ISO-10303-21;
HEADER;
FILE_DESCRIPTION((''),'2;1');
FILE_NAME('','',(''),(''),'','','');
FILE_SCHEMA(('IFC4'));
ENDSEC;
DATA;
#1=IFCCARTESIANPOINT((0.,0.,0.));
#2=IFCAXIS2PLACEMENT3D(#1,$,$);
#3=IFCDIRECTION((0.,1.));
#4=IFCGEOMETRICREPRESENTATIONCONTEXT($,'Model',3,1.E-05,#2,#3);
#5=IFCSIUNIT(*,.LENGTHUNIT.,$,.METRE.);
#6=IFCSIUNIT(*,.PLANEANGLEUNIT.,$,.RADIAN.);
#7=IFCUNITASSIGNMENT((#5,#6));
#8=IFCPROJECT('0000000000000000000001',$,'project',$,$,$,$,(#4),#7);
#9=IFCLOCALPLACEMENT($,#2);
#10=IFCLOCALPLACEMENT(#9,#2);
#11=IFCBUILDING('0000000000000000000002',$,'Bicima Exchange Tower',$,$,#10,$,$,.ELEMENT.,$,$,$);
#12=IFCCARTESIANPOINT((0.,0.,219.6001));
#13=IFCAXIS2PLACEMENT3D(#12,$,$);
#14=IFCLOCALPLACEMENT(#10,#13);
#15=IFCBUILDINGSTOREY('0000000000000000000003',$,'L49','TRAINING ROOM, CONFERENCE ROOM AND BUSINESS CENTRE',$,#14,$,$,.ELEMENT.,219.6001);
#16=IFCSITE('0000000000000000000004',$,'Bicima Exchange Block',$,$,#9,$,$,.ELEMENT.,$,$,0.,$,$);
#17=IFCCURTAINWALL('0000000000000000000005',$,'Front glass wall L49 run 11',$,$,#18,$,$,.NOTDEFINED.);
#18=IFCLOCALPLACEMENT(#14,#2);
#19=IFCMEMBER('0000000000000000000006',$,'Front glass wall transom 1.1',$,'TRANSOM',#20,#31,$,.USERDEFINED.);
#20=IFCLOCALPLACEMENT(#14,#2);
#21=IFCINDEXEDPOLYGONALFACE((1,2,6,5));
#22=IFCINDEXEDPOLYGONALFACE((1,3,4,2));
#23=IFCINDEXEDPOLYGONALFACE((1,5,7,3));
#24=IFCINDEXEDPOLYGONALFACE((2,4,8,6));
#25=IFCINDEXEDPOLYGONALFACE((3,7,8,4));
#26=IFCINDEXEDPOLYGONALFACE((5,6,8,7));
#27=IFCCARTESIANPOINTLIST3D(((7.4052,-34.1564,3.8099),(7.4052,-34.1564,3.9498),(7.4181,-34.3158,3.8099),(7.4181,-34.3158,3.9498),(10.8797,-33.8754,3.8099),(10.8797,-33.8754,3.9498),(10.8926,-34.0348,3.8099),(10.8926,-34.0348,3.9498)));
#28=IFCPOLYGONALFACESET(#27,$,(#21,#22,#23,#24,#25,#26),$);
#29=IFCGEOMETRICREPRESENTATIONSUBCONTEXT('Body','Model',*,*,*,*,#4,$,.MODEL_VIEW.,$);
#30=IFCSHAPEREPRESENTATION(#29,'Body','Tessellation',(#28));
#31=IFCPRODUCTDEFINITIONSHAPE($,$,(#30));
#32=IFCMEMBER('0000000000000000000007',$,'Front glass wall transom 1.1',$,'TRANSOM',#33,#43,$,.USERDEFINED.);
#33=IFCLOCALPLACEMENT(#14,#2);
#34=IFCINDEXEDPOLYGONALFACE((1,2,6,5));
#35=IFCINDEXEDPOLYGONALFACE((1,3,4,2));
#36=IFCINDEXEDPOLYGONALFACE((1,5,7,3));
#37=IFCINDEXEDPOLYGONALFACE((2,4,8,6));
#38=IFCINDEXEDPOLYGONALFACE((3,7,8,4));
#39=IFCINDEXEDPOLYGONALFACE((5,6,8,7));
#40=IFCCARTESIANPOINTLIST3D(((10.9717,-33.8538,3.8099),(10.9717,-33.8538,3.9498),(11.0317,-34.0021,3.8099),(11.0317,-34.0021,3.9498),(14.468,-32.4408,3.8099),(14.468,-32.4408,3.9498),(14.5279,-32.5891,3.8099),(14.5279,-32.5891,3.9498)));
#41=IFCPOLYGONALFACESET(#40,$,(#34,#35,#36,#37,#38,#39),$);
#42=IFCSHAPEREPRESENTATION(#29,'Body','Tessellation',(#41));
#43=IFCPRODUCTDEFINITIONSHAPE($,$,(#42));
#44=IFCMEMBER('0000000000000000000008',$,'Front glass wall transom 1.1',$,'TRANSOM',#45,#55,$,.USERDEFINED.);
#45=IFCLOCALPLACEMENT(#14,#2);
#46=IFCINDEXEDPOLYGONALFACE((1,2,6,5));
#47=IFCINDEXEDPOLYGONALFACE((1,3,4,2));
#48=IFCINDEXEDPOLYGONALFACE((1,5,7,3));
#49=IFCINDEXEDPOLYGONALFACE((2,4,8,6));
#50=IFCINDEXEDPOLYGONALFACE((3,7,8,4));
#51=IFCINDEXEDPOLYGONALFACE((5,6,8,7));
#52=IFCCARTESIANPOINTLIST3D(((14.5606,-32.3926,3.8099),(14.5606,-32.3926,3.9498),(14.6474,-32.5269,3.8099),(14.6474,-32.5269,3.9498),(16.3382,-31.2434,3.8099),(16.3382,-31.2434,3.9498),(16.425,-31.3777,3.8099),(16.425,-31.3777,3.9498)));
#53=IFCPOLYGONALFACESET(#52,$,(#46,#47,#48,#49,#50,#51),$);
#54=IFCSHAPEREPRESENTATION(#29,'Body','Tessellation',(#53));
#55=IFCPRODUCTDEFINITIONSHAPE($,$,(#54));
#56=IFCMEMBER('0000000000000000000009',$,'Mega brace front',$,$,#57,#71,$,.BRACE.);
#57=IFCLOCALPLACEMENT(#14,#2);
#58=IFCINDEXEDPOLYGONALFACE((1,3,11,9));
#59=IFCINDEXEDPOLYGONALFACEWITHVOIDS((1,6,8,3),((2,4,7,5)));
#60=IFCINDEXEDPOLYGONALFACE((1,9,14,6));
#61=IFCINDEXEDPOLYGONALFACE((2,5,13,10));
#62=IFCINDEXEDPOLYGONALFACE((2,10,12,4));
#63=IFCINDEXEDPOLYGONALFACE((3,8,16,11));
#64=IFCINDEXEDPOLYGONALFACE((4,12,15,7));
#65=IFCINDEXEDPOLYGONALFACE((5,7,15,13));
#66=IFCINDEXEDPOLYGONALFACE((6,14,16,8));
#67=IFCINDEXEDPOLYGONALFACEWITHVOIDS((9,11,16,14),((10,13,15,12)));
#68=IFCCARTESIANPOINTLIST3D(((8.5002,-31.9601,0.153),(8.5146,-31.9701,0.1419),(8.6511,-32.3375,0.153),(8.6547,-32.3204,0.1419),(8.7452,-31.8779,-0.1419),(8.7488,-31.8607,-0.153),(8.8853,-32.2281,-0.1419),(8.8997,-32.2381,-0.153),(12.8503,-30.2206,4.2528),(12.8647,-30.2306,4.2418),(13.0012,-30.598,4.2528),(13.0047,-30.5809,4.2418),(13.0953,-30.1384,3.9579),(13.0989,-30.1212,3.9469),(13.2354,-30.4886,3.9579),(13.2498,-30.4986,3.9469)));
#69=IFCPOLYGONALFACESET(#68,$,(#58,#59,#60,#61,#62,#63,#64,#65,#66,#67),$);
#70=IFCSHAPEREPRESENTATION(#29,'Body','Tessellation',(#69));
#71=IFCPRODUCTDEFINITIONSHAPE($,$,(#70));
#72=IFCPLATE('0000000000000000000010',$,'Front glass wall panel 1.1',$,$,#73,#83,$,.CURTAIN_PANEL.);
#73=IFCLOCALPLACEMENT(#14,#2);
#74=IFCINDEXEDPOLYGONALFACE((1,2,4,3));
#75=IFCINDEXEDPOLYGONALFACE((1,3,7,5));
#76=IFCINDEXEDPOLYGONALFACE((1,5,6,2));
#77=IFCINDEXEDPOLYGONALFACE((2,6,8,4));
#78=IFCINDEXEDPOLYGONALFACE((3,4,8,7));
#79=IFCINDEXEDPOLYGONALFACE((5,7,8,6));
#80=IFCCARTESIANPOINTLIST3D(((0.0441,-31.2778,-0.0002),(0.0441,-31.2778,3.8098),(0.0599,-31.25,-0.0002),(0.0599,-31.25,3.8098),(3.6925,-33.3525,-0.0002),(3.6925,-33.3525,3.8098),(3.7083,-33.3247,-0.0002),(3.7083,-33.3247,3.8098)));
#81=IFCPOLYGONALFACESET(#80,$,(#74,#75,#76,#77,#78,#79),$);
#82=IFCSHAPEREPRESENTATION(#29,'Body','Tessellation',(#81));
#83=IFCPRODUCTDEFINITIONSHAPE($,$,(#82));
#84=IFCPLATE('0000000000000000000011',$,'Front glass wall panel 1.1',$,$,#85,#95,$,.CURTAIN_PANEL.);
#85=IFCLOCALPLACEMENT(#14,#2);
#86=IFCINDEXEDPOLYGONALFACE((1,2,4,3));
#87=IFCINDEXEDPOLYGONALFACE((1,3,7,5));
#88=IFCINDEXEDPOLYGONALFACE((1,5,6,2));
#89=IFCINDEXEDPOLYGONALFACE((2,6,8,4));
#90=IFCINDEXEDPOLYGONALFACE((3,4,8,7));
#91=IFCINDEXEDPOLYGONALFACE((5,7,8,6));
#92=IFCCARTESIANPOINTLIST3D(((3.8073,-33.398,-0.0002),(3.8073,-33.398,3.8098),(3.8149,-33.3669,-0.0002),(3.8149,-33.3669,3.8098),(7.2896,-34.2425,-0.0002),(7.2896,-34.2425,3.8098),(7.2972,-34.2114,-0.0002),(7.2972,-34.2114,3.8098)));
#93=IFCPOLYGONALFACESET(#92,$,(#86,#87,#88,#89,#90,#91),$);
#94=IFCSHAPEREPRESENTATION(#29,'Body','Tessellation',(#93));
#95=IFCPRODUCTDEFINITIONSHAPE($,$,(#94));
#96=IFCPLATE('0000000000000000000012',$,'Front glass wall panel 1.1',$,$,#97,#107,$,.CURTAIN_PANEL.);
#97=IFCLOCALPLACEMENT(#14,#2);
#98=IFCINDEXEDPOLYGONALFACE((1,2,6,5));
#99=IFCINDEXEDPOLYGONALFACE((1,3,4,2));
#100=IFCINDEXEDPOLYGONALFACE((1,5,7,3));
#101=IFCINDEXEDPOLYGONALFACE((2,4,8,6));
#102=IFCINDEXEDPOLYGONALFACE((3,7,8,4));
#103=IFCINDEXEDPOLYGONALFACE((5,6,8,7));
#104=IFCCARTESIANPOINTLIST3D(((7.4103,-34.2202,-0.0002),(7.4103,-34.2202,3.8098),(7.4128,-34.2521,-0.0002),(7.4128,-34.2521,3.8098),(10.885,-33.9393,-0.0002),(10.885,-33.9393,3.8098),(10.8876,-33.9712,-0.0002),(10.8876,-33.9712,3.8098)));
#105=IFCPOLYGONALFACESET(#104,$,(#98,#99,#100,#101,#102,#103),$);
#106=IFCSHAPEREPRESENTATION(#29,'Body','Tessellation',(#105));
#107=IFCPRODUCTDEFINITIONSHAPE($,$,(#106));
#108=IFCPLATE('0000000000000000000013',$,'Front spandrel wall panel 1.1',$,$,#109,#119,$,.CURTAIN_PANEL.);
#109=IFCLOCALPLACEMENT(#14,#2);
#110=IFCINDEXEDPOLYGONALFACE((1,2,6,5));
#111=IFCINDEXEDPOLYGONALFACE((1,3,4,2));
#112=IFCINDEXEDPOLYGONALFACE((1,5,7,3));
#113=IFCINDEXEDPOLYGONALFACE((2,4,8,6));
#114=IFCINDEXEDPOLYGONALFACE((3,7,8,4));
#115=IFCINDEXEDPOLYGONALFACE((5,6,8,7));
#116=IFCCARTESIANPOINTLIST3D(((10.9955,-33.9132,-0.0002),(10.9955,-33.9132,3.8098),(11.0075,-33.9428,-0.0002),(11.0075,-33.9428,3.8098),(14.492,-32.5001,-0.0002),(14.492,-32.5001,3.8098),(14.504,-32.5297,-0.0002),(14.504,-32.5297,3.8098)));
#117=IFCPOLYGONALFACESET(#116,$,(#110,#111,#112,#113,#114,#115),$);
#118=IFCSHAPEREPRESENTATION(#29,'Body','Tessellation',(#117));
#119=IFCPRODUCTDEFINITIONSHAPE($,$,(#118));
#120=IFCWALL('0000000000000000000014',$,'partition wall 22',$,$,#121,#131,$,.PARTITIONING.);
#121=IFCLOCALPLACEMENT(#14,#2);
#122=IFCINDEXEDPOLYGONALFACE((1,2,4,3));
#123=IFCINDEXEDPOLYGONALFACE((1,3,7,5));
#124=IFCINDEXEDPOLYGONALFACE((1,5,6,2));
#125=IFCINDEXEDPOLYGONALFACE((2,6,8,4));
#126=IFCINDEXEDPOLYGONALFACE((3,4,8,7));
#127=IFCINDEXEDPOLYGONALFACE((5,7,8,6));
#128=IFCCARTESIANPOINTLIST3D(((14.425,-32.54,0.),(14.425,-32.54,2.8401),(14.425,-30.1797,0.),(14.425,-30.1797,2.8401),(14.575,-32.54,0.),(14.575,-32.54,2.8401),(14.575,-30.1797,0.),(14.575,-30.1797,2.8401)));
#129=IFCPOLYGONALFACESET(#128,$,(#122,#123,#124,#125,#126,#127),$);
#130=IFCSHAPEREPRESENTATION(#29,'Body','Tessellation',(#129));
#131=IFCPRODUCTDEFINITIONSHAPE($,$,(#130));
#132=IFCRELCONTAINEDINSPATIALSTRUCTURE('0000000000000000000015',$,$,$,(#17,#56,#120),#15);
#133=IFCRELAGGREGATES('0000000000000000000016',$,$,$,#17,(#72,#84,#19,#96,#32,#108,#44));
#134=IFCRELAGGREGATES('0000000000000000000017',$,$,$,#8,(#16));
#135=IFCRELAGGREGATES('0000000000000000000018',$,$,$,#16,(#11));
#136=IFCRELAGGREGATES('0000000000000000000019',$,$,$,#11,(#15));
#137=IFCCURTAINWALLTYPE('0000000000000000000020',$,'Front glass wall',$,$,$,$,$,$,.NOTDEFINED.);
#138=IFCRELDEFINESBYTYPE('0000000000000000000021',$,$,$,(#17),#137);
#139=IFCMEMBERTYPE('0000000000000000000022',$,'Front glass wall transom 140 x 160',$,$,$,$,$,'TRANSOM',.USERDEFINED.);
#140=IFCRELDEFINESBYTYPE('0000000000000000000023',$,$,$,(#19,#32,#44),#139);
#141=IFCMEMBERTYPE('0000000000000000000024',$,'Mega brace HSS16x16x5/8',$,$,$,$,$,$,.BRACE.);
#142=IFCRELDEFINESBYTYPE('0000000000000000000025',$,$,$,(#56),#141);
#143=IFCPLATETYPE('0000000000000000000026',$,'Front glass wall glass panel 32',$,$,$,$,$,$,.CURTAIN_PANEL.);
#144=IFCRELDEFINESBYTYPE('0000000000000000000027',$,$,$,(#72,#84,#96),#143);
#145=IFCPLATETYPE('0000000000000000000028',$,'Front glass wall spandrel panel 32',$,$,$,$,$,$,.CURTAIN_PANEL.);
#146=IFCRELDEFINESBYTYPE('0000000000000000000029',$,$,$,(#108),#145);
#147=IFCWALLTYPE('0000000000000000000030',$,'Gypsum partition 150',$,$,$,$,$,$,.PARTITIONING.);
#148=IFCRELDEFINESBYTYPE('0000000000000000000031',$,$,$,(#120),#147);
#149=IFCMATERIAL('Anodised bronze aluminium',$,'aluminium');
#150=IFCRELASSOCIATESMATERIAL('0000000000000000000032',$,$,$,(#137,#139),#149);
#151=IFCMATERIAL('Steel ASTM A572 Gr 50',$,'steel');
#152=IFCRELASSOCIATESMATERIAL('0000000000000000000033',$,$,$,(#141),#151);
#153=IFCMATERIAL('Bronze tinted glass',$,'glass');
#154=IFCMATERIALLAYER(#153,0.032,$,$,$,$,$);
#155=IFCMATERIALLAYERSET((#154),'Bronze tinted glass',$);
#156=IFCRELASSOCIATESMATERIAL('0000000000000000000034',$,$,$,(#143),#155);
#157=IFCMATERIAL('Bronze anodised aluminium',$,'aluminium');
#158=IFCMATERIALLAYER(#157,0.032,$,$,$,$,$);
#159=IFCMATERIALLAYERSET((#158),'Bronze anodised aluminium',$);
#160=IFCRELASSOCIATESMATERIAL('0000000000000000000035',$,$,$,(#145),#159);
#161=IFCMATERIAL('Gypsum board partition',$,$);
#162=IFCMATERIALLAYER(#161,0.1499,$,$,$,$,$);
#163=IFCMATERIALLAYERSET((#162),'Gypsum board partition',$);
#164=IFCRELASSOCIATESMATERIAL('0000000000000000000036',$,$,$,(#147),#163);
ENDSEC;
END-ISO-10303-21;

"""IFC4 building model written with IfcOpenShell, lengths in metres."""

from ifc_helpers import new_model, si_unit, direction, frame, frame_2d, origin, origin_2d, place, context, subcontext, project, spatial, rectangle, hollow_rectangle, extrude, material, layer, layer_set, material_profile, profile_set, type_object, element, aggregate, save


model = new_model("IFC4")

# Units and contexts
model_context = context("Model", 3, precision=1e-05, world=origin(), true_north=direction((0.0, 1.0)))
body_context = subcontext(model_context, "Body", "Model", "MODEL_VIEW")
ifc_project = project(units=[si_unit("LENGTHUNIT", "METRE"), si_unit("PLANEANGLEUNIT", "RADIAN")], contexts=[model_context])

# Site, building, storey
site_placement = place(None, origin())
site = spatial("IfcSite", under=ifc_project, at=site_placement, Name="Bicima Exchange Block", CompositionType="ELEMENT", RefElevation=0.0)
building_placement = place(site_placement, origin())
building = spatial("IfcBuilding", under=site, at=building_placement, Name="Bicima Exchange Tower", CompositionType="ELEMENT")
storey_placement = place(building_placement, frame((0.0, 0.0, 219.6001)))
storey = spatial("IfcBuildingStorey", under=building, at=storey_placement, Name="L49", Description="TRAINING ROOM, CONFERENCE ROOM AND BUSINESS CENTRE", CompositionType="ELEMENT", Elevation=219.6001)

# Shared definitions
ifc_material_1 = material(Name="Steel ASTM A572 Gr 50", Category="steel")

# Curtain wall, members
ifc_material_2 = material(Name="Anodised bronze aluminium", Category="aluminium")
curtain_wall_type = type_object("IfcCurtainWallType", Name="Front glass wall", PredefinedType="NOTDEFINED", material=ifc_material_2)
curtain_wall_placement = place(storey_placement, origin())
curtain_wall = element("IfcCurtainWall", 1, at=curtain_wall_placement, inside=storey, type_object=curtain_wall_type, Name="Front glass wall L49 run 11", PredefinedType="NOTDEFINED")
ifc_material_profile_1 = material_profile(ifc_material_2, rectangle(XDim=0.1599, YDim=0.1399, at=origin_2d()))
ifc_profile_set_1 = profile_set([ifc_material_profile_1], Name="Anodised bronze aluminium")
member_type_1 = type_object("IfcMemberType", Name="Front glass wall transom 140 x 160", ElementType="TRANSOM", PredefinedType="USERDEFINED", material=ifc_profile_set_1)
member_1_placement = place(storey_placement, frame((7.4116, -34.2361, 3.8799), z_axis=(0.996746, 0.080611, 0.0), x_axis=(-0.080611, 0.996746, 0.0)))
member_1 = element("IfcMember", 2, at=member_1_placement, type_object=member_type_1, Name="Front glass wall transom 1.1", ObjectType="TRANSOM", PredefinedType="USERDEFINED", context=body_context, shape_type="SweptSolid", body=[
    extrude(rectangle(XDim=0.1599, YDim=0.1399, at=origin_2d()), origin(), (0.0, 0.0, 1.0), 3.4858),
])
member_2_placement = place(storey_placement, frame((11.0017, -33.928, 3.8799), z_axis=(0.92714, 0.374715, 0.0), x_axis=(-0.374715, 0.92714, 0.0)))
member_2 = element("IfcMember", 3, at=member_2_placement, type_object=member_type_1, Name="Front glass wall transom 1.1", ObjectType="TRANSOM", PredefinedType="USERDEFINED", context=body_context, shape_type="SweptSolid", body=[
    extrude(rectangle(XDim=0.1599, YDim=0.1399, at=origin_2d()), origin(), (0.0, 0.0, 1.0), 3.771),
])
member_3_placement = place(storey_placement, frame((14.604, -32.4597, 3.8799), z_axis=(0.839793, 0.542907, 0.0), x_axis=(-0.542907, 0.839793, 0.0)))
member_3 = element("IfcMember", 4, at=member_3_placement, type_object=member_type_1, Name="Front glass wall transom 1.1", ObjectType="TRANSOM", PredefinedType="USERDEFINED", context=body_context, shape_type="SweptSolid", body=[
    extrude(rectangle(XDim=0.1599, YDim=0.1399, at=origin_2d()), origin(), (0.0, 0.0, 1.0), 2.1167),
])

# Member
ifc_material_profile_2 = material_profile(ifc_material_1, hollow_rectangle(XDim=0.4065, YDim=0.4065, WallThickness=0.0146, at=origin_2d()))
ifc_profile_set_2 = profile_set([ifc_material_profile_2], Name="Steel ASTM A572 Gr 50")
member_type_2 = type_object("IfcMemberType", Name="Mega brace HSS16x16x5/8", PredefinedType="BRACE", material=ifc_profile_set_2)
member_4_placement = place(storey_placement, frame((8.7, -32.0991, 0.0), z_axis=(0.698744, 0.279411, 0.658548), x_axis=(-0.371292, 0.928516, 0.0)))
element("IfcMember", 5, at=member_4_placement, inside=storey, type_object=member_type_2, Name="Mega brace front", PredefinedType="BRACE", context=body_context, shape_type="SweptSolid", body=[
    extrude(hollow_rectangle(XDim=0.4065, YDim=0.4065, WallThickness=0.0146, at=origin_2d()), origin(), (0.0, 0.0, 1.0), 6.2256),
])

# Plates
ifc_material_3 = material(Name="Bronze tinted glass", Category="glass")
ifc_layer_1 = layer(ifc_material_3, 0.032)
ifc_layer_set_1 = layer_set([ifc_layer_1], Name="Bronze tinted glass")
plate_type_1 = type_object("IfcPlateType", Name="Front glass wall glass panel 32", PredefinedType="CURTAIN_PANEL", material=ifc_layer_set_1)
plate_1_placement = place(storey_placement, frame((1.8762, -32.3013, -0.0002), z_axis=(0.0, 0.0, 1.0), x_axis=(0.869274, -0.49433, 0.0)))
plate_1 = element("IfcPlate", 6, at=plate_1_placement, type_object=plate_type_1, Name="Front glass wall panel 1.1", PredefinedType="CURTAIN_PANEL", context=body_context, shape_type="SweptSolid", body=[
    extrude(rectangle(XDim=4.197, YDim=0.032, at=origin_2d()), origin(), (0.0, 0.0, 1.0), 3.8101),
])
plate_2_placement = place(storey_placement, frame((5.5522, -33.8047, -0.0002), z_axis=(0.0, 0.0, 1.0), x_axis=(0.97183, -0.235682, 0.0)))
plate_2 = element("IfcPlate", 7, at=plate_2_placement, type_object=plate_type_1, Name="Front glass wall panel 1.1", PredefinedType="CURTAIN_PANEL", context=body_context, shape_type="SweptSolid", body=[
    extrude(rectangle(XDim=3.5833, YDim=0.032, at=origin_2d()), origin(), (0.0, 0.0, 1.0), 3.8101),
])
plate_3_placement = place(storey_placement, frame((9.1489, -34.0957, -0.0002), z_axis=(0.0, 0.0, 1.0), x_axis=(0.996747, 0.080589, 0.0)))
plate_3 = element("IfcPlate", 8, at=plate_3_placement, type_object=plate_type_1, Name="Front glass wall panel 1.1", PredefinedType="CURTAIN_PANEL", context=body_context, shape_type="SweptSolid", body=[
    extrude(rectangle(XDim=3.4861, YDim=0.032, at=origin_2d()), origin(), (0.0, 0.0, 1.0), 3.8101),
])
ifc_material_4 = material(Name="Bronze anodised aluminium", Category="aluminium")
ifc_layer_2 = layer(ifc_material_4, 0.032)
ifc_layer_set_2 = layer_set([ifc_layer_2], Name="Bronze anodised aluminium")
plate_type_2 = type_object("IfcPlateType", Name="Front glass wall spandrel panel 32", PredefinedType="CURTAIN_PANEL", material=ifc_layer_set_2)
plate_4_placement = place(storey_placement, frame((12.7498, -33.2214, -0.0002), z_axis=(0.0, 0.0, 1.0), x_axis=(0.927144, 0.374705, 0.0)))
plate_4 = element("IfcPlate", 9, at=plate_4_placement, type_object=plate_type_2, Name="Front spandrel wall panel 1.1", PredefinedType="CURTAIN_PANEL", context=body_context, shape_type="SweptSolid", body=[
    extrude(rectangle(XDim=3.7712, YDim=0.032, at=origin_2d()), origin(), (0.0, 0.0, 1.0), 3.8101),
])
aggregate(curtain_wall, [plate_1, plate_2, member_1, plate_3, member_2, plate_4, member_3])

# Wall
ifc_material_5 = material(Name="Gypsum board partition")
ifc_layer_3 = layer(ifc_material_5, 0.1499)
ifc_layer_set_3 = layer_set([ifc_layer_3], Name="Gypsum board partition")
wall_type = type_object("IfcWallType", Name="Gypsum partition 150", PredefinedType="PARTITIONING", material=ifc_layer_set_3)
wall_placement = place(storey_placement, frame((14.5, -32.54, 0.0), z_axis=(0.0, 0.0, 1.0), x_axis=(0.0, 1.0, 0.0)))
element("IfcWall", 10, at=wall_placement, inside=storey, type_object=wall_type, Name="partition wall 22", PredefinedType="PARTITIONING", context=body_context, shape_type="SweptSolid", body=[
    extrude(rectangle(XDim=2.3604, YDim=0.1499, at=frame_2d((1.1802, 0.0))), origin(), (0.0, 0.0, 1.0), 2.8401),
])

save(model, "model.ifc")
